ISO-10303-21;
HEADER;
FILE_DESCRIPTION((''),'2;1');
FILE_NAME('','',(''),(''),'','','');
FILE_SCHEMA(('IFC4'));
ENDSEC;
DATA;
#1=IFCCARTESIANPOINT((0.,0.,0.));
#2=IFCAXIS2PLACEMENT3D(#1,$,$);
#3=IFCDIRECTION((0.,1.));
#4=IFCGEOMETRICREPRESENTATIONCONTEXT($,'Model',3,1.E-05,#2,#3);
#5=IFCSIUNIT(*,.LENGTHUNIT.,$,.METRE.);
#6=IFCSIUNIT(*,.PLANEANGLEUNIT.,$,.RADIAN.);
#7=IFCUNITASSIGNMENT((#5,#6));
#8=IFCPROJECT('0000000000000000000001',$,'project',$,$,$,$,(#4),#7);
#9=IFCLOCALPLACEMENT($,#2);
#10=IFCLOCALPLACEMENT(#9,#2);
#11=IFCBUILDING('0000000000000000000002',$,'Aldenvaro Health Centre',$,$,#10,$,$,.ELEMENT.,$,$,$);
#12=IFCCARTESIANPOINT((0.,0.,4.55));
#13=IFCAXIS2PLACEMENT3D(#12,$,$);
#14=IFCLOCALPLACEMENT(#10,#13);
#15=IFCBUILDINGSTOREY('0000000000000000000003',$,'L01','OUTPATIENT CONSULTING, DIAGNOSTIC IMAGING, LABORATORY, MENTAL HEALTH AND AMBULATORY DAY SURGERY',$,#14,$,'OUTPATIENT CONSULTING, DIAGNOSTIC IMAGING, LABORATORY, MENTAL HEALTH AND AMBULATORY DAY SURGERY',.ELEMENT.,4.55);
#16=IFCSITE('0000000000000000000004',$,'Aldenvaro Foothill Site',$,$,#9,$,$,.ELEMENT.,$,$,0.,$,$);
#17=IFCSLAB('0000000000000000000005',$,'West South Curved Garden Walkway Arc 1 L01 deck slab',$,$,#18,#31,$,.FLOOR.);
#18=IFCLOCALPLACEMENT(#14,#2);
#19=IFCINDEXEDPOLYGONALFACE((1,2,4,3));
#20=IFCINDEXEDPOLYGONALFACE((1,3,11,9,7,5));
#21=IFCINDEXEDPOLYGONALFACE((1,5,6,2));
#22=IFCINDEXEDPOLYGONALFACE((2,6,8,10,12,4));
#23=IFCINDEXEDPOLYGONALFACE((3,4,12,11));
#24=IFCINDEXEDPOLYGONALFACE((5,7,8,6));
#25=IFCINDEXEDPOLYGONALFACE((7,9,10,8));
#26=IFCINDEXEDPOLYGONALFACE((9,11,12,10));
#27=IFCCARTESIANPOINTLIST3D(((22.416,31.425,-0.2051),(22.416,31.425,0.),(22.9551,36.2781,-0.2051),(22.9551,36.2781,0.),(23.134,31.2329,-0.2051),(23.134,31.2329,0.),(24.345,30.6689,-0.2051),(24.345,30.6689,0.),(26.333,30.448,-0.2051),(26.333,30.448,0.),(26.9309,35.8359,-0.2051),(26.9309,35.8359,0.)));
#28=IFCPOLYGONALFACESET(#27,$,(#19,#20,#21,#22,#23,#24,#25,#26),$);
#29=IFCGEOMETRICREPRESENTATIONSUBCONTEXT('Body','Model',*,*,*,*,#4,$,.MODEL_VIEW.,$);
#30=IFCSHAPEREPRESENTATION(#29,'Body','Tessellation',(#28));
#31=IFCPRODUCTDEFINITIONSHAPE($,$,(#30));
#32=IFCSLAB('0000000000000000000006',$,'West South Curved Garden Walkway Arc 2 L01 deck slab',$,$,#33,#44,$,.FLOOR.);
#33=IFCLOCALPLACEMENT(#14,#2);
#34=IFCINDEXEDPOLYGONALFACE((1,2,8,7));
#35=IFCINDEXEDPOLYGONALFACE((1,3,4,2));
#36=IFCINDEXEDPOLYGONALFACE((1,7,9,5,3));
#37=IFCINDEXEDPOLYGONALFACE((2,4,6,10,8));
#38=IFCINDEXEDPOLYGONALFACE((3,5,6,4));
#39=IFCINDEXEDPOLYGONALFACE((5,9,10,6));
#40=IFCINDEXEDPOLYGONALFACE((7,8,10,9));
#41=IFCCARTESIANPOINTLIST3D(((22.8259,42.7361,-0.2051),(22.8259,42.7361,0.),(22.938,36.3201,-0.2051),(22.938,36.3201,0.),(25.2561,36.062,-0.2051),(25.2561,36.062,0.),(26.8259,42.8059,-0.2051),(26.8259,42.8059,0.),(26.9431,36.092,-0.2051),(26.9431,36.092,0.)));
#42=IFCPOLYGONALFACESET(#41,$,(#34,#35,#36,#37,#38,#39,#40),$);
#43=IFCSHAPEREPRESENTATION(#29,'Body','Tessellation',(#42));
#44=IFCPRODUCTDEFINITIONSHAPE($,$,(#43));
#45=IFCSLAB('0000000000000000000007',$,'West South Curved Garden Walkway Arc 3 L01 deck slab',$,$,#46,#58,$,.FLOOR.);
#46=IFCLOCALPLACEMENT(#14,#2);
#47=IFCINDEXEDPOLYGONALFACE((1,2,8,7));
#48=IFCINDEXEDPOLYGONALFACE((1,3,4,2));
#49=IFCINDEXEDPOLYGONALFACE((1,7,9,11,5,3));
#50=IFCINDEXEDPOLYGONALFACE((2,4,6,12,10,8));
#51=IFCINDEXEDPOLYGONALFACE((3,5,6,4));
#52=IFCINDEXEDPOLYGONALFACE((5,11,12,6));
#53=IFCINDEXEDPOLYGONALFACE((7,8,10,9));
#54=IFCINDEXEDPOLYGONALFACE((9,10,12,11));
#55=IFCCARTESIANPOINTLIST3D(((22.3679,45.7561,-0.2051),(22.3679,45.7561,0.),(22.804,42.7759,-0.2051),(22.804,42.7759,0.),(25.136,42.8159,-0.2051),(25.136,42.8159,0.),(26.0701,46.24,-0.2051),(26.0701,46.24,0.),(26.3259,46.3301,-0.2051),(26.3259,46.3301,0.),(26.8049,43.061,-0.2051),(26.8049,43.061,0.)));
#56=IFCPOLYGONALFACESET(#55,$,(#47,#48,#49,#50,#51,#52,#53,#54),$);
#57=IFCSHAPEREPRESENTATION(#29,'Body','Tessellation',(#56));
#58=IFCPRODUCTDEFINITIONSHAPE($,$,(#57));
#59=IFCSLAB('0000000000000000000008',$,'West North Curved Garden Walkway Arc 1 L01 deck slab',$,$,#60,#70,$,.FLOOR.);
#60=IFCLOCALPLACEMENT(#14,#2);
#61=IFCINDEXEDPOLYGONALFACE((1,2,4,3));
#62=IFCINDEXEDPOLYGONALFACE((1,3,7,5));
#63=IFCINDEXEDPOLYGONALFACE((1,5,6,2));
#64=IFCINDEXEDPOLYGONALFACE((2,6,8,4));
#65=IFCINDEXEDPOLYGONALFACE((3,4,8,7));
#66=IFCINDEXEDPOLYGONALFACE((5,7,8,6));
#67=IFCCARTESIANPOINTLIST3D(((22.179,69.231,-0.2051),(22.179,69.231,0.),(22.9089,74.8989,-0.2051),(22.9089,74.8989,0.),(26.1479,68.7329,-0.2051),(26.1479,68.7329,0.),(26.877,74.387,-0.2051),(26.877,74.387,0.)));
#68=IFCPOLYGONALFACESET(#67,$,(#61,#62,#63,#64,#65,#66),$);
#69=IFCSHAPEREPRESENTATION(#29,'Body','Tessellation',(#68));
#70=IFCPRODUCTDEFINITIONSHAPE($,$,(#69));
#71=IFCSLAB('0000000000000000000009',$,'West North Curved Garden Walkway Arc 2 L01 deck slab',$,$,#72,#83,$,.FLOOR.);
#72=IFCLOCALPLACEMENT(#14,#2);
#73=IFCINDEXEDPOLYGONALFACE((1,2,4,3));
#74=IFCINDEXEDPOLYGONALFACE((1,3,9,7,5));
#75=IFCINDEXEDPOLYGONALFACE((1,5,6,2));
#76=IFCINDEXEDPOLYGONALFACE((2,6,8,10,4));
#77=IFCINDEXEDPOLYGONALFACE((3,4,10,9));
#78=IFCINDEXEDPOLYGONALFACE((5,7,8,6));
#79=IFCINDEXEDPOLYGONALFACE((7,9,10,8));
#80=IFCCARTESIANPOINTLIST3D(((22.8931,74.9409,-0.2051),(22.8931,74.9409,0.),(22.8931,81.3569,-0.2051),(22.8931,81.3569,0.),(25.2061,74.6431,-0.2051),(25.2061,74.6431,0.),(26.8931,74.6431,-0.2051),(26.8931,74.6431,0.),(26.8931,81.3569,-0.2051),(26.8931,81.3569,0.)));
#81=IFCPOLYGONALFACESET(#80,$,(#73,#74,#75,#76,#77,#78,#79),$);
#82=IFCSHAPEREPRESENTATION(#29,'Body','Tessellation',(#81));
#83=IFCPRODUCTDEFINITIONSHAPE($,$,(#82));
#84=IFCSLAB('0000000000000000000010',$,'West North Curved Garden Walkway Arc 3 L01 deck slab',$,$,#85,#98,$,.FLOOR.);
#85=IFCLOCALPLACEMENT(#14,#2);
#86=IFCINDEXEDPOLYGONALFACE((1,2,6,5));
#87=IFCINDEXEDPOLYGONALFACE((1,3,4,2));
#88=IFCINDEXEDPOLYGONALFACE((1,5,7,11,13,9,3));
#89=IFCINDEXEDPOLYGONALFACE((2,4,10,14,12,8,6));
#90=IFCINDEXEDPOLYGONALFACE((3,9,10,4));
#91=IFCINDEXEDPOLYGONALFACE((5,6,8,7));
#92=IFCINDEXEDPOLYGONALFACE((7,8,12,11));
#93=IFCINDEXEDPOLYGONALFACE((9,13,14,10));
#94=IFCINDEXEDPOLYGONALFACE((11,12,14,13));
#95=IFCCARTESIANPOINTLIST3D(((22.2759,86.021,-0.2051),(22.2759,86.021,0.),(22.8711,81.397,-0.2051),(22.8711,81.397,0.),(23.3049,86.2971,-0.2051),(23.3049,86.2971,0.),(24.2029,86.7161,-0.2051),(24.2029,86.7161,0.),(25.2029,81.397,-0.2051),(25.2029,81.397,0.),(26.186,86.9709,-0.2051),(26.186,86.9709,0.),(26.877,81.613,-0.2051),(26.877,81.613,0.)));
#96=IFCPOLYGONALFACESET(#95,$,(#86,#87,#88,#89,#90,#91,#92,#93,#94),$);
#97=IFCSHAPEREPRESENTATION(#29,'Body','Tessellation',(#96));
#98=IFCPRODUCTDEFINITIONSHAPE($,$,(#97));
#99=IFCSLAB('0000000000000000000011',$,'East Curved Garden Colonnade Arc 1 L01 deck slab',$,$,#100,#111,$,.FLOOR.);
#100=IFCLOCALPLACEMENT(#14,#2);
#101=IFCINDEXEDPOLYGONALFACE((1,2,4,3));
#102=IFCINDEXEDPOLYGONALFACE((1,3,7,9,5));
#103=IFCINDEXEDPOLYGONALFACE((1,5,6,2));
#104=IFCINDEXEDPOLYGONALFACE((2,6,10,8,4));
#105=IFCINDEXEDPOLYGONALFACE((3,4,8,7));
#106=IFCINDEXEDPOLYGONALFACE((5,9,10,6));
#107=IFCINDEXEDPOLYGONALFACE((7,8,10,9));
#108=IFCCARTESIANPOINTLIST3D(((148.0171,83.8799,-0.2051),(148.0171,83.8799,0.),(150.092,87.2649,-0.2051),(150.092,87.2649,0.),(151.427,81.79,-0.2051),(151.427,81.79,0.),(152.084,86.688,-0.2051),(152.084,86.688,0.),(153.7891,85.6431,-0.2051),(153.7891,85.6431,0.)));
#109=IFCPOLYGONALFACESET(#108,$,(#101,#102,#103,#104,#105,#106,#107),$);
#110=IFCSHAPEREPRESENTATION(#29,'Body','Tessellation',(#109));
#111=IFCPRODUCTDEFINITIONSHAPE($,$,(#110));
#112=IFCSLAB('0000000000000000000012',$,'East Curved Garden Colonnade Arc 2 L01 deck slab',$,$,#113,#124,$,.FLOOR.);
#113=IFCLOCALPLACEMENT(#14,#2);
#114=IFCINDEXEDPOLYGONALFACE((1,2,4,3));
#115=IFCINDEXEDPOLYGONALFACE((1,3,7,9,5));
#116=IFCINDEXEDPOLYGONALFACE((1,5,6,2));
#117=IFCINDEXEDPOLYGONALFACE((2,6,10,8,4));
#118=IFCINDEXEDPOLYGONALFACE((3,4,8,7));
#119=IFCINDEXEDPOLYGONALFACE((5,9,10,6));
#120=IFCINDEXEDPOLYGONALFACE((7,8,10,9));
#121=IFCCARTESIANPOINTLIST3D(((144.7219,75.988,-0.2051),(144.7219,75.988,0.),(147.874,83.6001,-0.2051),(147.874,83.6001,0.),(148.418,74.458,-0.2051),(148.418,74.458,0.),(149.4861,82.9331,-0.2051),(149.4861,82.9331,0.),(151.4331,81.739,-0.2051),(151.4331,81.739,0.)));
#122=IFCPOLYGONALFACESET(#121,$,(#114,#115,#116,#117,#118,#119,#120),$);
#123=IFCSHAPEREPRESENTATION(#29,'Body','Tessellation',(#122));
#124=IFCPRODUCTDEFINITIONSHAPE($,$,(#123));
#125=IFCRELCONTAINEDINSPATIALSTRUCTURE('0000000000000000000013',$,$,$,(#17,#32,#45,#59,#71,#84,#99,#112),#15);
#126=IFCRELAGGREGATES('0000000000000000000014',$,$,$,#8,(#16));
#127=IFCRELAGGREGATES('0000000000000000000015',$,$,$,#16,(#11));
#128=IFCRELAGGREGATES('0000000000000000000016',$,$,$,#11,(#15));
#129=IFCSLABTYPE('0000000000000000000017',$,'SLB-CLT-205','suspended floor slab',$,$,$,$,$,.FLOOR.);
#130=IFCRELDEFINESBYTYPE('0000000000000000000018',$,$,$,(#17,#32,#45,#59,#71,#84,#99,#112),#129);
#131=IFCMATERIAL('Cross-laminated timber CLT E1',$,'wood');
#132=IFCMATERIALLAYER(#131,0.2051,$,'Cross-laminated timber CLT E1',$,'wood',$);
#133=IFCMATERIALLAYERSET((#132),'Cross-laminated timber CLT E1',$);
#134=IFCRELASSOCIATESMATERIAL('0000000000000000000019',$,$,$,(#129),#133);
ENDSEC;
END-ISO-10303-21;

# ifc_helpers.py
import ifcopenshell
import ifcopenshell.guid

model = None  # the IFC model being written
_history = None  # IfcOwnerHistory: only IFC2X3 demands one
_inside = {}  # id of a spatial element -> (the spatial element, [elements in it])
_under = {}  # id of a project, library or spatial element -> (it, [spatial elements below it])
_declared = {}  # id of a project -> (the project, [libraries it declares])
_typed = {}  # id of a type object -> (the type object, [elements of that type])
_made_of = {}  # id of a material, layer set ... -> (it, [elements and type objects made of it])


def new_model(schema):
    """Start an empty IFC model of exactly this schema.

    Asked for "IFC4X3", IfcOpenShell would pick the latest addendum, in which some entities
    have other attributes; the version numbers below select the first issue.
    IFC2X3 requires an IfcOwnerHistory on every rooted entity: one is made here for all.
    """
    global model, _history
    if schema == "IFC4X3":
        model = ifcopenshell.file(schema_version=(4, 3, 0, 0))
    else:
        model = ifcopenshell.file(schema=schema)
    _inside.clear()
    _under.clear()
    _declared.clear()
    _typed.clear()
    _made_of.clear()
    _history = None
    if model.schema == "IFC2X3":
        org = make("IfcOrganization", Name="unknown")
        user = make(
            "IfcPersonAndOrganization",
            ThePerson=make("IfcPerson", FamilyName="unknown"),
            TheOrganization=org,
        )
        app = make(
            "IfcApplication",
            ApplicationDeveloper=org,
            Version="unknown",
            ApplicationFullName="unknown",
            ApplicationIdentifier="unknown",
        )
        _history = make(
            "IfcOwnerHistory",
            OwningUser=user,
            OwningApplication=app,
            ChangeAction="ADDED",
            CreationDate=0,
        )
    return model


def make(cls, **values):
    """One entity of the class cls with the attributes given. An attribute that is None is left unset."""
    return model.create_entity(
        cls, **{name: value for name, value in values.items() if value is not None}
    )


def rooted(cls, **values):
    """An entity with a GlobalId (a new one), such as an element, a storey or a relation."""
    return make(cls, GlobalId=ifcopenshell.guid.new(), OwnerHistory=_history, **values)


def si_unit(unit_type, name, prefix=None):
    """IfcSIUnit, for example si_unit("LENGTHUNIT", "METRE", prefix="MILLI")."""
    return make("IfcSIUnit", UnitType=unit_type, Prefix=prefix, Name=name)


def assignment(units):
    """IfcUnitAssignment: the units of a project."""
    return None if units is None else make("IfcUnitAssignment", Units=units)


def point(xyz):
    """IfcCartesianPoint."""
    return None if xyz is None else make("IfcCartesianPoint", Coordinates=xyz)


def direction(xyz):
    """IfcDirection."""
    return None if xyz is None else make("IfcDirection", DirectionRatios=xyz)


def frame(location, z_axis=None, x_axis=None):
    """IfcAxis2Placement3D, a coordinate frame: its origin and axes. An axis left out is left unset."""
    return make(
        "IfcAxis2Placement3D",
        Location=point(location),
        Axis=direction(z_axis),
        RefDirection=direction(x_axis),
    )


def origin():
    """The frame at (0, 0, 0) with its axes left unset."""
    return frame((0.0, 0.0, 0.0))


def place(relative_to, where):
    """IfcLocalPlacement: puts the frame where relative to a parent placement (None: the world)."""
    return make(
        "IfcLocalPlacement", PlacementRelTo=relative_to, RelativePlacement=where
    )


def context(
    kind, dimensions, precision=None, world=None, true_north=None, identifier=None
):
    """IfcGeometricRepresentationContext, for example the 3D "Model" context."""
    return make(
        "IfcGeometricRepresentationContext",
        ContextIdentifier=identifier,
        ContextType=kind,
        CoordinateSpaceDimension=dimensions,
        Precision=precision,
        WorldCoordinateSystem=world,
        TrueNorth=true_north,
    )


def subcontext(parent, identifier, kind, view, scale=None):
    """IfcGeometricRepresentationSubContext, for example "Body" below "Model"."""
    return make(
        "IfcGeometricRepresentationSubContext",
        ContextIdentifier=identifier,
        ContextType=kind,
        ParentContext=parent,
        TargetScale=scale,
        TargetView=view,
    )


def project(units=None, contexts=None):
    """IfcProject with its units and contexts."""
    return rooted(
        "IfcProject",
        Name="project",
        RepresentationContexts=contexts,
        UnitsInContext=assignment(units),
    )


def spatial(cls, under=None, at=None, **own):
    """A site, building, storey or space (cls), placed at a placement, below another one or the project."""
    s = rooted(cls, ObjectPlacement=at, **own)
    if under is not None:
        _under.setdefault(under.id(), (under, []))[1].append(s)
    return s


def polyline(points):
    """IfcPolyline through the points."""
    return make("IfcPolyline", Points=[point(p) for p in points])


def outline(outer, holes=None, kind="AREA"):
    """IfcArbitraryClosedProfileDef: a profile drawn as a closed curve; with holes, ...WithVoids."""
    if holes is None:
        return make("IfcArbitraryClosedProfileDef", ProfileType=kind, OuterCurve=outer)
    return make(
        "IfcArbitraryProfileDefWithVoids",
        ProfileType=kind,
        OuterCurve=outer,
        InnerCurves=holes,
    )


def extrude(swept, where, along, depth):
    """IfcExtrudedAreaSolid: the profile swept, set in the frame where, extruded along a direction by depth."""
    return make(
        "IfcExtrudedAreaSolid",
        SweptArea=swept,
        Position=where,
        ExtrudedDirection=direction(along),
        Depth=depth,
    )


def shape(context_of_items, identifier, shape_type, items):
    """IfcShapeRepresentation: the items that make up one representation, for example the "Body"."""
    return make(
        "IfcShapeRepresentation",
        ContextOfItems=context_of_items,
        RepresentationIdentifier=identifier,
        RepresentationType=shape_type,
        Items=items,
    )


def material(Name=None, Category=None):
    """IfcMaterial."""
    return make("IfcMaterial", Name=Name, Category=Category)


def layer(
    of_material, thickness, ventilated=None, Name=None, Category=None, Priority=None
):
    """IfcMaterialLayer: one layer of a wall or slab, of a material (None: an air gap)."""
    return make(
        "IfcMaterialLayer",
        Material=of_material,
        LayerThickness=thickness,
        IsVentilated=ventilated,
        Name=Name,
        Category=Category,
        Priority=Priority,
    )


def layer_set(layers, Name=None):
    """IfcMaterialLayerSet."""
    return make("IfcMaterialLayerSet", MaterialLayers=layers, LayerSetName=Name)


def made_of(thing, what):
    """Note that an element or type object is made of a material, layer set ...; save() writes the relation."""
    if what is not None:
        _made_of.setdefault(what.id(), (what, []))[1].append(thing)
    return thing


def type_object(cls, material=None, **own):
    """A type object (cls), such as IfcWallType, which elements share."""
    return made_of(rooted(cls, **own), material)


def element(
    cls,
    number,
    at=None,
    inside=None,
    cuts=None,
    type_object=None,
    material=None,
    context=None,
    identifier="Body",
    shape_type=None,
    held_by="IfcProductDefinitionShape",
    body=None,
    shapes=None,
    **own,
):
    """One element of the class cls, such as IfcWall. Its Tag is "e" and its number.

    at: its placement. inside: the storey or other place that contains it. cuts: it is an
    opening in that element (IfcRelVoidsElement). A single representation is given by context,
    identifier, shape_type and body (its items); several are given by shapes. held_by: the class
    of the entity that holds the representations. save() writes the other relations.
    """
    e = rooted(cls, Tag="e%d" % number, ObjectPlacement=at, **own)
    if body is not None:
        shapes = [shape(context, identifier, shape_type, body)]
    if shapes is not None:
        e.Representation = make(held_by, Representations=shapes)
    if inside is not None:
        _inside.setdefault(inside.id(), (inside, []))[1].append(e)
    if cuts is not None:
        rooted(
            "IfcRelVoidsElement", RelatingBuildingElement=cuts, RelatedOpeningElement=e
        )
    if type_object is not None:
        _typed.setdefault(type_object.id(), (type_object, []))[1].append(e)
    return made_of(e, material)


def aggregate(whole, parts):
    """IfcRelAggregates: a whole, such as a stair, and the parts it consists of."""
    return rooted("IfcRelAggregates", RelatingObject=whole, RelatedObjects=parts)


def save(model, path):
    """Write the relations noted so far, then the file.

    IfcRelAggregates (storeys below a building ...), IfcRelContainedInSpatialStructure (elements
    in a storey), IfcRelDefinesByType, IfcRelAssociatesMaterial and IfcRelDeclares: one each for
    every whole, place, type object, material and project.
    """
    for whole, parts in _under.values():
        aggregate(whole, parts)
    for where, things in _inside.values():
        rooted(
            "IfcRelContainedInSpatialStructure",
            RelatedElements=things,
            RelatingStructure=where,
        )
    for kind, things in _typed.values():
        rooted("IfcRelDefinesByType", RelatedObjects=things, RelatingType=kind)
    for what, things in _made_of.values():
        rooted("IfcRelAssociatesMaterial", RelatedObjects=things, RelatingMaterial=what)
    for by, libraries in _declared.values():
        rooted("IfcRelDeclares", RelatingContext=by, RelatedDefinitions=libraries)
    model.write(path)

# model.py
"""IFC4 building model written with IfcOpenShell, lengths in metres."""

from ifc_helpers import new_model, si_unit, direction, frame, origin, place, context, subcontext, project, spatial, polyline, outline, extrude, material, layer, layer_set, type_object, element, save


model = new_model("IFC4")

# Units and contexts
model_context = context("Model", 3, precision=1e-05, world=origin(), true_north=direction((0.0, 1.0)))
body_context = subcontext(model_context, "Body", "Model", "MODEL_VIEW")
ifc_project = project(units=[si_unit("LENGTHUNIT", "METRE"), si_unit("PLANEANGLEUNIT", "RADIAN")], contexts=[model_context])

# Site, building, storey
site_placement = place(None, origin())
site = spatial("IfcSite", under=ifc_project, at=site_placement, Name="Aldenvaro Foothill Site", CompositionType="ELEMENT", RefElevation=0.0)
building_placement = place(site_placement, origin())
building = spatial("IfcBuilding", under=site, at=building_placement, Name="Aldenvaro Health Centre", CompositionType="ELEMENT")
storey_placement = place(building_placement, frame((0.0, 0.0, 4.55)))
storey = spatial("IfcBuildingStorey", under=building, at=storey_placement, Name="L01", Description="OUTPATIENT CONSULTING, DIAGNOSTIC IMAGING, LABORATORY, MENTAL HEALTH AND AMBULATORY DAY SURGERY", LongName="OUTPATIENT CONSULTING, DIAGNOSTIC IMAGING, LABORATORY, MENTAL HEALTH AND AMBULATORY DAY SURGERY", CompositionType="ELEMENT", Elevation=4.55)

# Slabs
ifc_material_1 = material(Name="Cross-laminated timber CLT E1", Category="wood")
ifc_layer_1 = layer(ifc_material_1, 0.2051, Name="Cross-laminated timber CLT E1", Category="wood")
ifc_layer_set_1 = layer_set([ifc_layer_1], Name="Cross-laminated timber CLT E1")
slab_type_1 = type_object("IfcSlabType", Name="SLB-CLT-205", Description="suspended floor slab", PredefinedType="FLOOR", material=ifc_layer_set_1)
slab_1_placement = place(storey_placement, frame((0.0, 0.0, -0.2051)))
element("IfcSlab", 1, at=slab_1_placement, inside=storey, type_object=slab_type_1, Name="West South Curved Garden Walkway Arc 1 L01 deck slab", PredefinedType="FLOOR", context=body_context, shape_type="SweptSolid", body=[
    extrude(outline(polyline([(22.9551, 36.2781), (26.9309, 35.8359), (26.333, 30.448), (24.345, 30.6689), (23.134, 31.2329), (22.416, 31.425), (22.9551, 36.2781)])), origin(), (0.0, 0.0, 1.0), 0.2051),
])
slab_2_placement = place(storey_placement, frame((0.0, 0.0, -0.2051)))
element("IfcSlab", 2, at=slab_2_placement, inside=storey, type_object=slab_type_1, Name="West South Curved Garden Walkway Arc 2 L01 deck slab", PredefinedType="FLOOR", context=body_context, shape_type="SweptSolid", body=[
    extrude(outline(polyline([(22.8259, 42.7361), (26.8259, 42.8059), (26.9431, 36.092), (25.2561, 36.062), (22.938, 36.3201), (22.8259, 42.7361)])), origin(), (0.0, 0.0, 1.0), 0.2051),
])
slab_3_placement = place(storey_placement, frame((0.0, 0.0, -0.2051)))
element("IfcSlab", 3, at=slab_3_placement, inside=storey, type_object=slab_type_1, Name="West South Curved Garden Walkway Arc 3 L01 deck slab", PredefinedType="FLOOR", context=body_context, shape_type="SweptSolid", body=[
    extrude(outline(polyline([(26.8049, 43.061), (25.136, 42.8159), (22.804, 42.7759), (22.3679, 45.7561), (26.0701, 46.24), (26.3259, 46.3301), (26.8049, 43.061)])), origin(), (0.0, 0.0, 1.0), 0.2051),
])
slab_4_placement = place(storey_placement, frame((0.0, 0.0, -0.2051)))
element("IfcSlab", 4, at=slab_4_placement, inside=storey, type_object=slab_type_1, Name="West North Curved Garden Walkway Arc 1 L01 deck slab", PredefinedType="FLOOR", context=body_context, shape_type="SweptSolid", body=[
    extrude(outline(polyline([(22.179, 69.231), (22.9089, 74.8989), (26.877, 74.387), (26.1479, 68.7329), (22.179, 69.231)])), origin(), (0.0, 0.0, 1.0), 0.2051),
])
slab_5_placement = place(storey_placement, frame((0.0, 0.0, -0.2051)))
element("IfcSlab", 5, at=slab_5_placement, inside=storey, type_object=slab_type_1, Name="West North Curved Garden Walkway Arc 2 L01 deck slab", PredefinedType="FLOOR", context=body_context, shape_type="SweptSolid", body=[
    extrude(outline(polyline([(22.8931, 81.3569), (26.8931, 81.3569), (26.8931, 74.6431), (25.2061, 74.6431), (22.8931, 74.9409), (22.8931, 81.3569)])), origin(), (0.0, 0.0, 1.0), 0.2051),
])
slab_6_placement = place(storey_placement, frame((0.0, 0.0, -0.2051)))
element("IfcSlab", 6, at=slab_6_placement, inside=storey, type_object=slab_type_1, Name="West North Curved Garden Walkway Arc 3 L01 deck slab", PredefinedType="FLOOR", context=body_context, shape_type="SweptSolid", body=[
    extrude(outline(polyline([(26.186, 86.9709), (26.877, 81.613), (25.2029, 81.397), (22.8711, 81.397), (22.2759, 86.021), (23.3049, 86.2971), (24.2029, 86.7161), (26.186, 86.9709)])), origin(), (0.0, 0.0, 1.0), 0.2051),
])
slab_7_placement = place(storey_placement, frame((0.0, 0.0, -0.2051)))
element("IfcSlab", 7, at=slab_7_placement, inside=storey, type_object=slab_type_1, Name="East Curved Garden Colonnade Arc 1 L01 deck slab", PredefinedType="FLOOR", context=body_context, shape_type="SweptSolid", body=[
    extrude(outline(polyline([(153.7891, 85.6431), (151.427, 81.79), (148.0171, 83.8799), (150.092, 87.2649), (152.084, 86.688), (153.7891, 85.6431)])), origin(), (0.0, 0.0, 1.0), 0.2051),
])
slab_8_placement = place(storey_placement, frame((0.0, 0.0, -0.2051)))
element("IfcSlab", 8, at=slab_8_placement, inside=storey, type_object=slab_type_1, Name="East Curved Garden Colonnade Arc 2 L01 deck slab", PredefinedType="FLOOR", context=body_context, shape_type="SweptSolid", body=[
    extrude(outline(polyline([(148.418, 74.458), (144.7219, 75.988), (147.874, 83.6001), (149.4861, 82.9331), (151.4331, 81.739), (148.418, 74.458)])), origin(), (0.0, 0.0, 1.0), 0.2051),
])

save(model, "model.ifc")
